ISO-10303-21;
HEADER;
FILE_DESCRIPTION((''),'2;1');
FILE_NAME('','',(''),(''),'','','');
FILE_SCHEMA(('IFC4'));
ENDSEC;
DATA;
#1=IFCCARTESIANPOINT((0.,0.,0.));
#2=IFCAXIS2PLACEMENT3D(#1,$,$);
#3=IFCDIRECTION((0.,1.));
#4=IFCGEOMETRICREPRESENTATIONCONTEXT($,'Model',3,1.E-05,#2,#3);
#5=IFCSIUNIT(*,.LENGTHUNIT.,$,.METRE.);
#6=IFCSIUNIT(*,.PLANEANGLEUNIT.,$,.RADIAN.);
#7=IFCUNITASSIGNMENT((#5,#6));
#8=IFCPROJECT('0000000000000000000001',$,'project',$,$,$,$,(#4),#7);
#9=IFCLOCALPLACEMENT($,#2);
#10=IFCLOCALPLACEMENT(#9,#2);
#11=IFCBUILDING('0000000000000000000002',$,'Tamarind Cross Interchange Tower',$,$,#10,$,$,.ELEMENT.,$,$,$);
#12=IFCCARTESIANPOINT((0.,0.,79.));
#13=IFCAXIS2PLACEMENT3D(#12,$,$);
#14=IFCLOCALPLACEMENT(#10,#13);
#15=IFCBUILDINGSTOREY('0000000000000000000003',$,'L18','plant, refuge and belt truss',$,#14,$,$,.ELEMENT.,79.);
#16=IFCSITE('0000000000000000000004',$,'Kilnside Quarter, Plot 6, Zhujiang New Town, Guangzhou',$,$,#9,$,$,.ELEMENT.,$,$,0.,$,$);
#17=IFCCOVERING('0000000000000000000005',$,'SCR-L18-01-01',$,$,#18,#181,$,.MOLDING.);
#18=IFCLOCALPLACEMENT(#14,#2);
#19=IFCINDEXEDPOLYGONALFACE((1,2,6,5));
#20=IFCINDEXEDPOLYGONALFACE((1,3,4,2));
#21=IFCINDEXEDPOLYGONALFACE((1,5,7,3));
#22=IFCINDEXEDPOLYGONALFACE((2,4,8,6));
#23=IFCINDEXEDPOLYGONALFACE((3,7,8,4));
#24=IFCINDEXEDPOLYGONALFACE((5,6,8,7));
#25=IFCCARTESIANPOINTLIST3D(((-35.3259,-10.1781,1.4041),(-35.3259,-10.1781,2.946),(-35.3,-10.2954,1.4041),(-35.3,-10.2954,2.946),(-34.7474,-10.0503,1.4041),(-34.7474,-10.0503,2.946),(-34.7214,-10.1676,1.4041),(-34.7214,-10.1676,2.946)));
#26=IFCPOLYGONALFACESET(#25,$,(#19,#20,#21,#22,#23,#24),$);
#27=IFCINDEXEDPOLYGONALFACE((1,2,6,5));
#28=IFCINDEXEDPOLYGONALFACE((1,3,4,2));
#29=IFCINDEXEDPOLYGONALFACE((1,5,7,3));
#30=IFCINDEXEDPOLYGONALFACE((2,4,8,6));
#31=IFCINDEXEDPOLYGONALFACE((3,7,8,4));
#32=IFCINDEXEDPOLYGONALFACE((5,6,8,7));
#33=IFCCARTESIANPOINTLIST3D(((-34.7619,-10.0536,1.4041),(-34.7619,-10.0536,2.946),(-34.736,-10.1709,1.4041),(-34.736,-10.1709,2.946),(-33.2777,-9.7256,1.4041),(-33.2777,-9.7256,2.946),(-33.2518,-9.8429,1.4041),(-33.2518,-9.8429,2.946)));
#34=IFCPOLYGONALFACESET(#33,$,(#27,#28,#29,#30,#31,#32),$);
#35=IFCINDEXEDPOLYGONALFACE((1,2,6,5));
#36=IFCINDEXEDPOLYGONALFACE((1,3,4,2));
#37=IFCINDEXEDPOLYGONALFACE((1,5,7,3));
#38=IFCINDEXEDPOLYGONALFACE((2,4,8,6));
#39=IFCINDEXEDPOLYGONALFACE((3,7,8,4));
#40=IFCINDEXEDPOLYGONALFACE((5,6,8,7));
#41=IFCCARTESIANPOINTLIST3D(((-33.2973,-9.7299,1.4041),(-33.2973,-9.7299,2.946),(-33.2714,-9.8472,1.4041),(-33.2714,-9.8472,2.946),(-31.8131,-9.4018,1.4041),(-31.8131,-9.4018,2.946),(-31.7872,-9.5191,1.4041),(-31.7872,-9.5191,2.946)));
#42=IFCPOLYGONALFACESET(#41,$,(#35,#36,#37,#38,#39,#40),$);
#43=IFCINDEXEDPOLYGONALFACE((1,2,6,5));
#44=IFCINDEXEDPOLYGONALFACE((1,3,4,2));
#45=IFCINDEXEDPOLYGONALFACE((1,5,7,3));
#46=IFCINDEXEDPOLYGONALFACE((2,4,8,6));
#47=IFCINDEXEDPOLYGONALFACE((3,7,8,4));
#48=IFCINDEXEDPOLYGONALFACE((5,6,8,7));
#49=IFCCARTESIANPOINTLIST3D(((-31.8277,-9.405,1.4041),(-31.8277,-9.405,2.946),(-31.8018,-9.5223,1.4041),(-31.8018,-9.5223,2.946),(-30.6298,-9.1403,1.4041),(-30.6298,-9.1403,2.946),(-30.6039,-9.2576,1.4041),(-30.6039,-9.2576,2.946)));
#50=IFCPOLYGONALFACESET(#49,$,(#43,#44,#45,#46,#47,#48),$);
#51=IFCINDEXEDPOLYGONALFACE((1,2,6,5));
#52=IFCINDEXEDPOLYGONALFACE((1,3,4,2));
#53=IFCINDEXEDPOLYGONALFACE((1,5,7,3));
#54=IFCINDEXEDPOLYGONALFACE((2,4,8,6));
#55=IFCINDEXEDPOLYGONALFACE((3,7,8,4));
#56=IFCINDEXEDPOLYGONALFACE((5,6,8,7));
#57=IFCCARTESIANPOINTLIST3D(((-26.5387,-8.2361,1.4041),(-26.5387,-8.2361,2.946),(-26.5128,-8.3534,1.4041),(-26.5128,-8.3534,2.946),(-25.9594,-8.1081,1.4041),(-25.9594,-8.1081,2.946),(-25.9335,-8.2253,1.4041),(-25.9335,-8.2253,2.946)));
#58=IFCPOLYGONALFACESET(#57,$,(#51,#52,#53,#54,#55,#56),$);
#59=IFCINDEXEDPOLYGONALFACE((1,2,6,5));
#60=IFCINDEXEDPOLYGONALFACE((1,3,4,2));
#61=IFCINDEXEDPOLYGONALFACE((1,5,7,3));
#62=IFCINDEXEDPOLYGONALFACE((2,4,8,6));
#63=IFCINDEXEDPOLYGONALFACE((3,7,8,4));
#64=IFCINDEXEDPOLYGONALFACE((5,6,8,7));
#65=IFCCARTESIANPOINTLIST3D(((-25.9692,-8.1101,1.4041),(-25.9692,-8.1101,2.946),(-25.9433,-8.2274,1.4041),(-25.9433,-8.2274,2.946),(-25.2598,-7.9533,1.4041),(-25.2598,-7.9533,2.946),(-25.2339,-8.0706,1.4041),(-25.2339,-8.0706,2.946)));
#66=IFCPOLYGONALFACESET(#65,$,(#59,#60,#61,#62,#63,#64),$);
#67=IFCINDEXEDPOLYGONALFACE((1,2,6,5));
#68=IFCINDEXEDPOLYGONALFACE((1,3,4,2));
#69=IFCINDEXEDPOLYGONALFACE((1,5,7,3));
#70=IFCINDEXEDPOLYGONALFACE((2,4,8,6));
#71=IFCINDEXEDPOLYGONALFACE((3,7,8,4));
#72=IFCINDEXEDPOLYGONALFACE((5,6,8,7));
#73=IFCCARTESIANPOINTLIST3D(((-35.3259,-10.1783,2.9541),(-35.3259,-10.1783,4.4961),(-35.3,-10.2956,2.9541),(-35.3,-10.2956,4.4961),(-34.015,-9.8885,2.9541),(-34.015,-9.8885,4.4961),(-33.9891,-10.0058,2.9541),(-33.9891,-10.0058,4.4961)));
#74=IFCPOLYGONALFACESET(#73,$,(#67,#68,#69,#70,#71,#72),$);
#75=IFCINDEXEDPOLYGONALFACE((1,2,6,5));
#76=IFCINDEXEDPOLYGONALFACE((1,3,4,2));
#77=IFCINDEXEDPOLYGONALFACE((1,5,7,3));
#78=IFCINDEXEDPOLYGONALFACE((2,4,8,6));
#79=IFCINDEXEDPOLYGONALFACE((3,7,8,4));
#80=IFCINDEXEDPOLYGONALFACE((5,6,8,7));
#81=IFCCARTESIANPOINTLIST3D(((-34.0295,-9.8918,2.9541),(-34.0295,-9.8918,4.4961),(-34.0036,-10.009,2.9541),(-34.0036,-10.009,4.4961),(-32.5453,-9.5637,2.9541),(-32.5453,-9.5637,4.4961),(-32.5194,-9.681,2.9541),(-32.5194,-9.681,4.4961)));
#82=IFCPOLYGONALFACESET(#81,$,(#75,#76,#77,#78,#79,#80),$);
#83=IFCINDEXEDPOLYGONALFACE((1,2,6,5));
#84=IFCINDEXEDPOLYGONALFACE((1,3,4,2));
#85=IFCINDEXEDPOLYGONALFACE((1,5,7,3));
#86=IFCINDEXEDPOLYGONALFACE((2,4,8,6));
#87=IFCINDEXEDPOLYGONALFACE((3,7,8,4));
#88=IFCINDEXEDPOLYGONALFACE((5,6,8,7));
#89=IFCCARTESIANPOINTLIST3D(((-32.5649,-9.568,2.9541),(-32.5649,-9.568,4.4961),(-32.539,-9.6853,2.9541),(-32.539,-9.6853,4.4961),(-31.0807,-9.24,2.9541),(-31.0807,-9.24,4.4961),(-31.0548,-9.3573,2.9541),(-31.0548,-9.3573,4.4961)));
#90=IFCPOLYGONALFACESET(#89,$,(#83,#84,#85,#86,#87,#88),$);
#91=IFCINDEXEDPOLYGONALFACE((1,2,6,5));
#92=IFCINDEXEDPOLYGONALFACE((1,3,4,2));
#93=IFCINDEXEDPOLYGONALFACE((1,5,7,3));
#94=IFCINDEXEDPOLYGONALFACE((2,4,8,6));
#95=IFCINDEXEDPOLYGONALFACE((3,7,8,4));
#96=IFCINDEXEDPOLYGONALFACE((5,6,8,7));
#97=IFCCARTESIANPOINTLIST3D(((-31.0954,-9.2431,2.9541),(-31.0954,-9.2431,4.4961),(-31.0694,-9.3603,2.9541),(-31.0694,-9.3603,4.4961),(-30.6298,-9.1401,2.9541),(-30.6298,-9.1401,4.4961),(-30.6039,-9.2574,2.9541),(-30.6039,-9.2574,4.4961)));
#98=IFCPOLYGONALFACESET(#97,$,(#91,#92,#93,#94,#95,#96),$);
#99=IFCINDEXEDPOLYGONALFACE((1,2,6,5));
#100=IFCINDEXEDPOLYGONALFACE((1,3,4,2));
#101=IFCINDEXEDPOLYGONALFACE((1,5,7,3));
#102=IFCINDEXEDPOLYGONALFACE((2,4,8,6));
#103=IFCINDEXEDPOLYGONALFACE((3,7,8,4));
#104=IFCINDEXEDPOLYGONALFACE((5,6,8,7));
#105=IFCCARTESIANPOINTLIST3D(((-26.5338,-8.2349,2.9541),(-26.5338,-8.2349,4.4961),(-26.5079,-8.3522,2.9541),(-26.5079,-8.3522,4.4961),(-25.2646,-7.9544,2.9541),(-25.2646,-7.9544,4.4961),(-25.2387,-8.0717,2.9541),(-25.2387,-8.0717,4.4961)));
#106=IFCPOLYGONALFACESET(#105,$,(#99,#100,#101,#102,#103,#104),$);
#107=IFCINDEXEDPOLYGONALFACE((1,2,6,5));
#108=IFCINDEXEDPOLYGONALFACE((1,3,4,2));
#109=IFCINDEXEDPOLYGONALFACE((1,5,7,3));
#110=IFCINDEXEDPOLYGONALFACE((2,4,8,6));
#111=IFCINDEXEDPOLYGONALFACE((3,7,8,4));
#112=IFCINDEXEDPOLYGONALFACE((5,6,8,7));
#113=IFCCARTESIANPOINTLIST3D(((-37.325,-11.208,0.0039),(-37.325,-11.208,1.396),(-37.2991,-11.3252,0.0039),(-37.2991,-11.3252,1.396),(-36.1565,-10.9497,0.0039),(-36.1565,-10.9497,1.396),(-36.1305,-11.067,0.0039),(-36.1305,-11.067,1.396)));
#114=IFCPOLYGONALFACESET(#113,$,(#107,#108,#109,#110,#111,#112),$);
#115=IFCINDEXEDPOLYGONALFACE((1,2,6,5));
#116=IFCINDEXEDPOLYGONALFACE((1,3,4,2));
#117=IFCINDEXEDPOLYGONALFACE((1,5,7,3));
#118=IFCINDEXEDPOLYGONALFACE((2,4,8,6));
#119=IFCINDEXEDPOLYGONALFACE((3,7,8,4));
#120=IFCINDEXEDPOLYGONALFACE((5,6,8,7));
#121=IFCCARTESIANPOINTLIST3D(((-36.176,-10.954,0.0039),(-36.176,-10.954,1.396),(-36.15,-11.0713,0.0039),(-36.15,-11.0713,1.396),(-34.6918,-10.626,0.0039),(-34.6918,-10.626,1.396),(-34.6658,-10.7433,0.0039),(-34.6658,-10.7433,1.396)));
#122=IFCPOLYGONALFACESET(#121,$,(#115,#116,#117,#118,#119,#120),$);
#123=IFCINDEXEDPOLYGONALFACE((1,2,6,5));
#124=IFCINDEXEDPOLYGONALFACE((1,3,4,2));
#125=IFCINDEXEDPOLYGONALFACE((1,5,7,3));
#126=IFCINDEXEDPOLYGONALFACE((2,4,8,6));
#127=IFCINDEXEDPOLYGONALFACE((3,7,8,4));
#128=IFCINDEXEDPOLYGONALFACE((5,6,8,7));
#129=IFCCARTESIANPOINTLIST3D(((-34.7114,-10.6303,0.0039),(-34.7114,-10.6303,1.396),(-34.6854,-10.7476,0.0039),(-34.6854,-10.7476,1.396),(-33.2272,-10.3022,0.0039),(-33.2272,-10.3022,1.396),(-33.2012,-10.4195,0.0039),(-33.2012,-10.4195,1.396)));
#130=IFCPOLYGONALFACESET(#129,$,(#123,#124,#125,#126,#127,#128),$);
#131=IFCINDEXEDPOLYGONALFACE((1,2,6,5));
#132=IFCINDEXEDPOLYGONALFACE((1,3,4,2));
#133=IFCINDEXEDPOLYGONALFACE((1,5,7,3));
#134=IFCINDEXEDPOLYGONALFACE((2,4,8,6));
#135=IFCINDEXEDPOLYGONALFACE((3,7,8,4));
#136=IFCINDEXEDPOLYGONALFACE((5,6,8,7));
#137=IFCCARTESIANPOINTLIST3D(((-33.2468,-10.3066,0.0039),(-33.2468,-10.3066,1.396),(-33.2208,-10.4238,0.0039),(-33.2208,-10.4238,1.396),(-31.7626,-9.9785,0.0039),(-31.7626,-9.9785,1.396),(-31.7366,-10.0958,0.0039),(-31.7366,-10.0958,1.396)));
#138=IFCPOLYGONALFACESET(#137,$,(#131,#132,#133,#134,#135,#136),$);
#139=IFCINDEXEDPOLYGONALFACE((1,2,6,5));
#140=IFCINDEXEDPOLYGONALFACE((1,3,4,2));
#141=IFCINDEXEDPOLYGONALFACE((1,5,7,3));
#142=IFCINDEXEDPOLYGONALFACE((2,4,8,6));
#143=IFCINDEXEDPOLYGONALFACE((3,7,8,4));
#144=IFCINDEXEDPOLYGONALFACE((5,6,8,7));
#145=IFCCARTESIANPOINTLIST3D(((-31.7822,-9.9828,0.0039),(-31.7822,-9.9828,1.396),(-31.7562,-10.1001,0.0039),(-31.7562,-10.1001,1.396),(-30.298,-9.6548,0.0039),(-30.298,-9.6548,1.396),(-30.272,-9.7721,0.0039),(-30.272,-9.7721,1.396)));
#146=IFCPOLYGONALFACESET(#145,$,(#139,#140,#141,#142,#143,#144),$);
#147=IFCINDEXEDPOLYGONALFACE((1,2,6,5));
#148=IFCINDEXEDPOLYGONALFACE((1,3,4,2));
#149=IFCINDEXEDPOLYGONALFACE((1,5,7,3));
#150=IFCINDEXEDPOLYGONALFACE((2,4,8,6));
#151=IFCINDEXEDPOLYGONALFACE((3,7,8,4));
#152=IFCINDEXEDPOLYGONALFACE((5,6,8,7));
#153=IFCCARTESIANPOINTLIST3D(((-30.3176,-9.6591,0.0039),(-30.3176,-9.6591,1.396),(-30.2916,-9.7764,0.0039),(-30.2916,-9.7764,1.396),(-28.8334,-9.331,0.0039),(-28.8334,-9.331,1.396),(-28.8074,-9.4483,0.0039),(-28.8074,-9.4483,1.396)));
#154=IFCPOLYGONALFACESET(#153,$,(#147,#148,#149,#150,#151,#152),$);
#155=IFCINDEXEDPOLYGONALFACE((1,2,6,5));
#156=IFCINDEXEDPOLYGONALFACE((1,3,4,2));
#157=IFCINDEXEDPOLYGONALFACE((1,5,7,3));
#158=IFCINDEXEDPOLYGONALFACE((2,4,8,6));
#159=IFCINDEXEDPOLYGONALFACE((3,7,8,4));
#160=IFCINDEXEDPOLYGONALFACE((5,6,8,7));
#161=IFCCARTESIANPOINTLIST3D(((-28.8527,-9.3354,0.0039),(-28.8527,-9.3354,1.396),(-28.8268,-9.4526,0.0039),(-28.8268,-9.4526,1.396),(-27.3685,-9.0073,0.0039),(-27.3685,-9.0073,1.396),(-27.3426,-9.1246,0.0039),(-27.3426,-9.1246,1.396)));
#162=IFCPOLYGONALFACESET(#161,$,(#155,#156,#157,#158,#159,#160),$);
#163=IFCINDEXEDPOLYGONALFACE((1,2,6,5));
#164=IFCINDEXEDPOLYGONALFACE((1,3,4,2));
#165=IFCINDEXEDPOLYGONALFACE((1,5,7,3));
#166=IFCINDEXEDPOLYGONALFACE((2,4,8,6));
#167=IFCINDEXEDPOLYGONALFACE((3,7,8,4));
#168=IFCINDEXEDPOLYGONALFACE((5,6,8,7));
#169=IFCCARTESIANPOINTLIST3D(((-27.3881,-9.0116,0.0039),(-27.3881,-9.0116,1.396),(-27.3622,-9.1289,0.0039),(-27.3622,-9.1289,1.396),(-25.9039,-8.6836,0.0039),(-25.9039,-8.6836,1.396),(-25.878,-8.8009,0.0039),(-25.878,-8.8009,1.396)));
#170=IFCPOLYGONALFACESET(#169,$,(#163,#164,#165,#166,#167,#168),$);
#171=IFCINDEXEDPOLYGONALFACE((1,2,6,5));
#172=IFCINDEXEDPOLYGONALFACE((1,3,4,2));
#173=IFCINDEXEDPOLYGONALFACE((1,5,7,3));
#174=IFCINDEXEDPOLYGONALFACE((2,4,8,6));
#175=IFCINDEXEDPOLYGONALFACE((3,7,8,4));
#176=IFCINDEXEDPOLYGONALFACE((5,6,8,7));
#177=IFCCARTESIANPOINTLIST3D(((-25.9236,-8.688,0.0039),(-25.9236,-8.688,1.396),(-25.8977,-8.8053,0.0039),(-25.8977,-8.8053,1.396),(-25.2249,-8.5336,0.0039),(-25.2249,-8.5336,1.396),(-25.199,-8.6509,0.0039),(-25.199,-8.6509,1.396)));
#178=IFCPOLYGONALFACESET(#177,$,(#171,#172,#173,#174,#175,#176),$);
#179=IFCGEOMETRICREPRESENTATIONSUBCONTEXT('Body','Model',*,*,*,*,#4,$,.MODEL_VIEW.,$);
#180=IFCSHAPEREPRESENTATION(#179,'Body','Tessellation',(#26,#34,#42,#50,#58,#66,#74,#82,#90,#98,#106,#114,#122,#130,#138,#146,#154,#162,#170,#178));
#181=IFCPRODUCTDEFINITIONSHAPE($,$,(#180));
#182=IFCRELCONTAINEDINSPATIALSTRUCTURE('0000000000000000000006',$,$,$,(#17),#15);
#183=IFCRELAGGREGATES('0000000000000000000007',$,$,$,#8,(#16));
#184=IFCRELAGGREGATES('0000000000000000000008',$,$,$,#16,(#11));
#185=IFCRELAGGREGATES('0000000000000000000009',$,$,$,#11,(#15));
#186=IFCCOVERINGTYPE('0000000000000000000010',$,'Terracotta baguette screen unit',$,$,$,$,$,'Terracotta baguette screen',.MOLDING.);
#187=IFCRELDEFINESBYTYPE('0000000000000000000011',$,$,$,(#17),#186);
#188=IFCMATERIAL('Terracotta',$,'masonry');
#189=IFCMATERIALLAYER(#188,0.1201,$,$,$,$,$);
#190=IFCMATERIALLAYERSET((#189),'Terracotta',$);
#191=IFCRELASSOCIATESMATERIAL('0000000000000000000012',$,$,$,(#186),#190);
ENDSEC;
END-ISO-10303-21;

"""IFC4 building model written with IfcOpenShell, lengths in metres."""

from ifc_helpers import new_model, si_unit, direction, frame, origin, origin_2d, place, context, subcontext, project, spatial, rectangle, extrude, material, layer, layer_set, type_object, element, save


model = new_model("IFC4")

# Units and contexts
model_context = context("Model", 3, precision=1e-05, world=origin(), true_north=direction((0.0, 1.0)))
body_context = subcontext(model_context, "Body", "Model", "MODEL_VIEW")
ifc_project = project(units=[si_unit("LENGTHUNIT", "METRE"), si_unit("PLANEANGLEUNIT", "RADIAN")], contexts=[model_context])

# Site, building, storey
site_placement = place(None, origin())
site = spatial("IfcSite", under=ifc_project, at=site_placement, Name="Kilnside Quarter, Plot 6, Zhujiang New Town, Guangzhou", CompositionType="ELEMENT", RefElevation=0.0)
building_placement = place(site_placement, origin())
building = spatial("IfcBuilding", under=site, at=building_placement, Name="Tamarind Cross Interchange Tower", CompositionType="ELEMENT")
storey_placement = place(building_placement, frame((0.0, 0.0, 79.0)))
storey = spatial("IfcBuildingStorey", under=building, at=storey_placement, Name="L18", Description="plant, refuge and belt truss", CompositionType="ELEMENT", Elevation=79.0)

# Covering
ifc_material_1 = material(Name="Terracotta", Category="masonry")
ifc_layer_1 = layer(ifc_material_1, 0.1201)
ifc_layer_set_1 = layer_set([ifc_layer_1], Name="Terracotta")
covering_type = type_object("IfcCoveringType", Name="Terracotta baguette screen unit", ElementType="Terracotta baguette screen", PredefinedType="MOLDING", material=ifc_layer_set_1)
covering_1_placement = place(storey_placement, origin())
element("IfcCovering", 1, at=covering_1_placement, inside=storey, type_object=covering_type, Name="SCR-L18-01-01", PredefinedType="MOLDING", context=body_context, shape_type="SweptSolid", body=[
    extrude(rectangle(XDim=0.5925, YDim=0.1201, at=origin_2d()), frame((-35.0237, -10.1729, 1.4041), z_axis=(0.0, 0.0, 1.0), x_axis=(0.976433, 0.21582, 0.0)), (0.0, 0.0, 1.0), 1.542),
    extrude(rectangle(XDim=1.52, YDim=0.1201, at=origin_2d()), frame((-34.0068, -9.9482, 1.4041), z_axis=(0.0, 0.0, 1.0), x_axis=(0.976433, 0.21582, 0.0)), (0.0, 0.0, 1.0), 1.542),
    extrude(rectangle(XDim=1.52, YDim=0.1201, at=origin_2d()), frame((-32.5422, -9.6245, 1.4041), z_axis=(0.0, 0.0, 1.0), x_axis=(0.976433, 0.21582, 0.0)), (0.0, 0.0, 1.0), 1.542),
    extrude(rectangle(XDim=1.2268, YDim=0.1201, at=origin_2d()), frame((-31.2158, -9.3313, 1.4041), z_axis=(0.0, 0.0, 1.0), x_axis=(0.976433, 0.21582, 0.0)), (0.0, 0.0, 1.0), 1.542),
    extrude(rectangle(XDim=0.5933, YDim=0.1201, at=origin_2d()), frame((-26.2361, -8.2307, 1.4041), z_axis=(0.0, 0.0, 1.0), x_axis=(0.976433, 0.21582, 0.0)), (0.0, 0.0, 1.0), 1.542),
    extrude(rectangle(XDim=0.7266, YDim=0.1201, at=origin_2d()), frame((-25.6016, -8.0903, 1.4041), z_axis=(0.0, 0.0, 1.0), x_axis=(0.976433, 0.21582, 0.0)), (0.0, 0.0, 1.0), 1.542),
    extrude(rectangle(XDim=1.3425, YDim=0.1201, at=origin_2d()), frame((-34.6575, -10.092, 2.9541), z_axis=(0.0, 0.0, 1.0), x_axis=(0.976433, 0.21582, 0.0)), (0.0, 0.0, 1.0), 1.542),
    extrude(rectangle(XDim=1.52, YDim=0.1201, at=origin_2d()), frame((-33.2744, -9.7864, 2.9541), z_axis=(0.0, 0.0, 1.0), x_axis=(0.976433, 0.21582, 0.0)), (0.0, 0.0, 1.0), 1.542),
    extrude(rectangle(XDim=1.52, YDim=0.1201, at=origin_2d()), frame((-31.8098, -9.4626, 2.9541), z_axis=(0.0, 0.0, 1.0), x_axis=(0.976433, 0.21582, 0.0)), (0.0, 0.0, 1.0), 1.542),
    extrude(rectangle(XDim=0.4768, YDim=0.1201, at=origin_2d()), frame((-30.8496, -9.2502, 2.9541), z_axis=(0.0, 0.0, 1.0), x_axis=(0.976433, 0.21582, 0.0)), (0.0, 0.0, 1.0), 1.542),
    extrude(rectangle(XDim=1.2998, YDim=0.1201, at=origin_2d()), frame((-25.8862, -8.1533, 2.9541), z_axis=(0.0, 0.0, 1.0), x_axis=(0.976433, 0.21582, 0.0)), (0.0, 0.0, 1.0), 1.542),
    extrude(rectangle(XDim=1.1968, YDim=0.1201, at=origin_2d()), frame((-36.7278, -11.1375, 0.0039), z_axis=(0.0, 0.0, 1.0), x_axis=(0.976433, 0.21582, 0.0)), (0.0, 0.0, 1.0), 1.3921),
    extrude(rectangle(XDim=1.52, YDim=0.1201, at=origin_2d()), frame((-35.4209, -10.8486, 0.0039), z_axis=(0.0, 0.0, 1.0), x_axis=(0.976433, 0.21582, 0.0)), (0.0, 0.0, 1.0), 1.3921),
    extrude(rectangle(XDim=1.52, YDim=0.1201, at=origin_2d()), frame((-33.9563, -10.5249, 0.0039), z_axis=(0.0, 0.0, 1.0), x_axis=(0.976433, 0.21582, 0.0)), (0.0, 0.0, 1.0), 1.3921),
    extrude(rectangle(XDim=1.52, YDim=0.1201, at=origin_2d()), frame((-32.4917, -10.2012, 0.0039), z_axis=(0.0, 0.0, 1.0), x_axis=(0.976433, 0.21582, 0.0)), (0.0, 0.0, 1.0), 1.3921),
    extrude(rectangle(XDim=1.52, YDim=0.1201, at=origin_2d()), frame((-31.0271, -9.8774, 0.0039), z_axis=(0.0, 0.0, 1.0), x_axis=(0.976433, 0.21582, 0.0)), (0.0, 0.0, 1.0), 1.3921),
    extrude(rectangle(XDim=1.52, YDim=0.1201, at=origin_2d()), frame((-29.5625, -9.5537, 0.0039), z_axis=(0.0, 0.0, 1.0), x_axis=(0.976433, 0.21582, 0.0)), (0.0, 0.0, 1.0), 1.3921),
    extrude(rectangle(XDim=1.52, YDim=0.1201, at=origin_2d()), frame((-28.0977, -9.23, 0.0039), z_axis=(0.0, 0.0, 1.0), x_axis=(0.976433, 0.21582, 0.0)), (0.0, 0.0, 1.0), 1.3921),
    extrude(rectangle(XDim=1.52, YDim=0.1201, at=origin_2d()), frame((-26.6331, -8.9062, 0.0039), z_axis=(0.0, 0.0, 1.0), x_axis=(0.976433, 0.21582, 0.0)), (0.0, 0.0, 1.0), 1.3921),
    extrude(rectangle(XDim=0.7156, YDim=0.1201, at=origin_2d()), frame((-25.5613, -8.6694, 0.0039), z_axis=(0.0, 0.0, 1.0), x_axis=(0.976433, 0.21582, 0.0)), (0.0, 0.0, 1.0), 1.3921),
])

save(model, "model.ifc")
